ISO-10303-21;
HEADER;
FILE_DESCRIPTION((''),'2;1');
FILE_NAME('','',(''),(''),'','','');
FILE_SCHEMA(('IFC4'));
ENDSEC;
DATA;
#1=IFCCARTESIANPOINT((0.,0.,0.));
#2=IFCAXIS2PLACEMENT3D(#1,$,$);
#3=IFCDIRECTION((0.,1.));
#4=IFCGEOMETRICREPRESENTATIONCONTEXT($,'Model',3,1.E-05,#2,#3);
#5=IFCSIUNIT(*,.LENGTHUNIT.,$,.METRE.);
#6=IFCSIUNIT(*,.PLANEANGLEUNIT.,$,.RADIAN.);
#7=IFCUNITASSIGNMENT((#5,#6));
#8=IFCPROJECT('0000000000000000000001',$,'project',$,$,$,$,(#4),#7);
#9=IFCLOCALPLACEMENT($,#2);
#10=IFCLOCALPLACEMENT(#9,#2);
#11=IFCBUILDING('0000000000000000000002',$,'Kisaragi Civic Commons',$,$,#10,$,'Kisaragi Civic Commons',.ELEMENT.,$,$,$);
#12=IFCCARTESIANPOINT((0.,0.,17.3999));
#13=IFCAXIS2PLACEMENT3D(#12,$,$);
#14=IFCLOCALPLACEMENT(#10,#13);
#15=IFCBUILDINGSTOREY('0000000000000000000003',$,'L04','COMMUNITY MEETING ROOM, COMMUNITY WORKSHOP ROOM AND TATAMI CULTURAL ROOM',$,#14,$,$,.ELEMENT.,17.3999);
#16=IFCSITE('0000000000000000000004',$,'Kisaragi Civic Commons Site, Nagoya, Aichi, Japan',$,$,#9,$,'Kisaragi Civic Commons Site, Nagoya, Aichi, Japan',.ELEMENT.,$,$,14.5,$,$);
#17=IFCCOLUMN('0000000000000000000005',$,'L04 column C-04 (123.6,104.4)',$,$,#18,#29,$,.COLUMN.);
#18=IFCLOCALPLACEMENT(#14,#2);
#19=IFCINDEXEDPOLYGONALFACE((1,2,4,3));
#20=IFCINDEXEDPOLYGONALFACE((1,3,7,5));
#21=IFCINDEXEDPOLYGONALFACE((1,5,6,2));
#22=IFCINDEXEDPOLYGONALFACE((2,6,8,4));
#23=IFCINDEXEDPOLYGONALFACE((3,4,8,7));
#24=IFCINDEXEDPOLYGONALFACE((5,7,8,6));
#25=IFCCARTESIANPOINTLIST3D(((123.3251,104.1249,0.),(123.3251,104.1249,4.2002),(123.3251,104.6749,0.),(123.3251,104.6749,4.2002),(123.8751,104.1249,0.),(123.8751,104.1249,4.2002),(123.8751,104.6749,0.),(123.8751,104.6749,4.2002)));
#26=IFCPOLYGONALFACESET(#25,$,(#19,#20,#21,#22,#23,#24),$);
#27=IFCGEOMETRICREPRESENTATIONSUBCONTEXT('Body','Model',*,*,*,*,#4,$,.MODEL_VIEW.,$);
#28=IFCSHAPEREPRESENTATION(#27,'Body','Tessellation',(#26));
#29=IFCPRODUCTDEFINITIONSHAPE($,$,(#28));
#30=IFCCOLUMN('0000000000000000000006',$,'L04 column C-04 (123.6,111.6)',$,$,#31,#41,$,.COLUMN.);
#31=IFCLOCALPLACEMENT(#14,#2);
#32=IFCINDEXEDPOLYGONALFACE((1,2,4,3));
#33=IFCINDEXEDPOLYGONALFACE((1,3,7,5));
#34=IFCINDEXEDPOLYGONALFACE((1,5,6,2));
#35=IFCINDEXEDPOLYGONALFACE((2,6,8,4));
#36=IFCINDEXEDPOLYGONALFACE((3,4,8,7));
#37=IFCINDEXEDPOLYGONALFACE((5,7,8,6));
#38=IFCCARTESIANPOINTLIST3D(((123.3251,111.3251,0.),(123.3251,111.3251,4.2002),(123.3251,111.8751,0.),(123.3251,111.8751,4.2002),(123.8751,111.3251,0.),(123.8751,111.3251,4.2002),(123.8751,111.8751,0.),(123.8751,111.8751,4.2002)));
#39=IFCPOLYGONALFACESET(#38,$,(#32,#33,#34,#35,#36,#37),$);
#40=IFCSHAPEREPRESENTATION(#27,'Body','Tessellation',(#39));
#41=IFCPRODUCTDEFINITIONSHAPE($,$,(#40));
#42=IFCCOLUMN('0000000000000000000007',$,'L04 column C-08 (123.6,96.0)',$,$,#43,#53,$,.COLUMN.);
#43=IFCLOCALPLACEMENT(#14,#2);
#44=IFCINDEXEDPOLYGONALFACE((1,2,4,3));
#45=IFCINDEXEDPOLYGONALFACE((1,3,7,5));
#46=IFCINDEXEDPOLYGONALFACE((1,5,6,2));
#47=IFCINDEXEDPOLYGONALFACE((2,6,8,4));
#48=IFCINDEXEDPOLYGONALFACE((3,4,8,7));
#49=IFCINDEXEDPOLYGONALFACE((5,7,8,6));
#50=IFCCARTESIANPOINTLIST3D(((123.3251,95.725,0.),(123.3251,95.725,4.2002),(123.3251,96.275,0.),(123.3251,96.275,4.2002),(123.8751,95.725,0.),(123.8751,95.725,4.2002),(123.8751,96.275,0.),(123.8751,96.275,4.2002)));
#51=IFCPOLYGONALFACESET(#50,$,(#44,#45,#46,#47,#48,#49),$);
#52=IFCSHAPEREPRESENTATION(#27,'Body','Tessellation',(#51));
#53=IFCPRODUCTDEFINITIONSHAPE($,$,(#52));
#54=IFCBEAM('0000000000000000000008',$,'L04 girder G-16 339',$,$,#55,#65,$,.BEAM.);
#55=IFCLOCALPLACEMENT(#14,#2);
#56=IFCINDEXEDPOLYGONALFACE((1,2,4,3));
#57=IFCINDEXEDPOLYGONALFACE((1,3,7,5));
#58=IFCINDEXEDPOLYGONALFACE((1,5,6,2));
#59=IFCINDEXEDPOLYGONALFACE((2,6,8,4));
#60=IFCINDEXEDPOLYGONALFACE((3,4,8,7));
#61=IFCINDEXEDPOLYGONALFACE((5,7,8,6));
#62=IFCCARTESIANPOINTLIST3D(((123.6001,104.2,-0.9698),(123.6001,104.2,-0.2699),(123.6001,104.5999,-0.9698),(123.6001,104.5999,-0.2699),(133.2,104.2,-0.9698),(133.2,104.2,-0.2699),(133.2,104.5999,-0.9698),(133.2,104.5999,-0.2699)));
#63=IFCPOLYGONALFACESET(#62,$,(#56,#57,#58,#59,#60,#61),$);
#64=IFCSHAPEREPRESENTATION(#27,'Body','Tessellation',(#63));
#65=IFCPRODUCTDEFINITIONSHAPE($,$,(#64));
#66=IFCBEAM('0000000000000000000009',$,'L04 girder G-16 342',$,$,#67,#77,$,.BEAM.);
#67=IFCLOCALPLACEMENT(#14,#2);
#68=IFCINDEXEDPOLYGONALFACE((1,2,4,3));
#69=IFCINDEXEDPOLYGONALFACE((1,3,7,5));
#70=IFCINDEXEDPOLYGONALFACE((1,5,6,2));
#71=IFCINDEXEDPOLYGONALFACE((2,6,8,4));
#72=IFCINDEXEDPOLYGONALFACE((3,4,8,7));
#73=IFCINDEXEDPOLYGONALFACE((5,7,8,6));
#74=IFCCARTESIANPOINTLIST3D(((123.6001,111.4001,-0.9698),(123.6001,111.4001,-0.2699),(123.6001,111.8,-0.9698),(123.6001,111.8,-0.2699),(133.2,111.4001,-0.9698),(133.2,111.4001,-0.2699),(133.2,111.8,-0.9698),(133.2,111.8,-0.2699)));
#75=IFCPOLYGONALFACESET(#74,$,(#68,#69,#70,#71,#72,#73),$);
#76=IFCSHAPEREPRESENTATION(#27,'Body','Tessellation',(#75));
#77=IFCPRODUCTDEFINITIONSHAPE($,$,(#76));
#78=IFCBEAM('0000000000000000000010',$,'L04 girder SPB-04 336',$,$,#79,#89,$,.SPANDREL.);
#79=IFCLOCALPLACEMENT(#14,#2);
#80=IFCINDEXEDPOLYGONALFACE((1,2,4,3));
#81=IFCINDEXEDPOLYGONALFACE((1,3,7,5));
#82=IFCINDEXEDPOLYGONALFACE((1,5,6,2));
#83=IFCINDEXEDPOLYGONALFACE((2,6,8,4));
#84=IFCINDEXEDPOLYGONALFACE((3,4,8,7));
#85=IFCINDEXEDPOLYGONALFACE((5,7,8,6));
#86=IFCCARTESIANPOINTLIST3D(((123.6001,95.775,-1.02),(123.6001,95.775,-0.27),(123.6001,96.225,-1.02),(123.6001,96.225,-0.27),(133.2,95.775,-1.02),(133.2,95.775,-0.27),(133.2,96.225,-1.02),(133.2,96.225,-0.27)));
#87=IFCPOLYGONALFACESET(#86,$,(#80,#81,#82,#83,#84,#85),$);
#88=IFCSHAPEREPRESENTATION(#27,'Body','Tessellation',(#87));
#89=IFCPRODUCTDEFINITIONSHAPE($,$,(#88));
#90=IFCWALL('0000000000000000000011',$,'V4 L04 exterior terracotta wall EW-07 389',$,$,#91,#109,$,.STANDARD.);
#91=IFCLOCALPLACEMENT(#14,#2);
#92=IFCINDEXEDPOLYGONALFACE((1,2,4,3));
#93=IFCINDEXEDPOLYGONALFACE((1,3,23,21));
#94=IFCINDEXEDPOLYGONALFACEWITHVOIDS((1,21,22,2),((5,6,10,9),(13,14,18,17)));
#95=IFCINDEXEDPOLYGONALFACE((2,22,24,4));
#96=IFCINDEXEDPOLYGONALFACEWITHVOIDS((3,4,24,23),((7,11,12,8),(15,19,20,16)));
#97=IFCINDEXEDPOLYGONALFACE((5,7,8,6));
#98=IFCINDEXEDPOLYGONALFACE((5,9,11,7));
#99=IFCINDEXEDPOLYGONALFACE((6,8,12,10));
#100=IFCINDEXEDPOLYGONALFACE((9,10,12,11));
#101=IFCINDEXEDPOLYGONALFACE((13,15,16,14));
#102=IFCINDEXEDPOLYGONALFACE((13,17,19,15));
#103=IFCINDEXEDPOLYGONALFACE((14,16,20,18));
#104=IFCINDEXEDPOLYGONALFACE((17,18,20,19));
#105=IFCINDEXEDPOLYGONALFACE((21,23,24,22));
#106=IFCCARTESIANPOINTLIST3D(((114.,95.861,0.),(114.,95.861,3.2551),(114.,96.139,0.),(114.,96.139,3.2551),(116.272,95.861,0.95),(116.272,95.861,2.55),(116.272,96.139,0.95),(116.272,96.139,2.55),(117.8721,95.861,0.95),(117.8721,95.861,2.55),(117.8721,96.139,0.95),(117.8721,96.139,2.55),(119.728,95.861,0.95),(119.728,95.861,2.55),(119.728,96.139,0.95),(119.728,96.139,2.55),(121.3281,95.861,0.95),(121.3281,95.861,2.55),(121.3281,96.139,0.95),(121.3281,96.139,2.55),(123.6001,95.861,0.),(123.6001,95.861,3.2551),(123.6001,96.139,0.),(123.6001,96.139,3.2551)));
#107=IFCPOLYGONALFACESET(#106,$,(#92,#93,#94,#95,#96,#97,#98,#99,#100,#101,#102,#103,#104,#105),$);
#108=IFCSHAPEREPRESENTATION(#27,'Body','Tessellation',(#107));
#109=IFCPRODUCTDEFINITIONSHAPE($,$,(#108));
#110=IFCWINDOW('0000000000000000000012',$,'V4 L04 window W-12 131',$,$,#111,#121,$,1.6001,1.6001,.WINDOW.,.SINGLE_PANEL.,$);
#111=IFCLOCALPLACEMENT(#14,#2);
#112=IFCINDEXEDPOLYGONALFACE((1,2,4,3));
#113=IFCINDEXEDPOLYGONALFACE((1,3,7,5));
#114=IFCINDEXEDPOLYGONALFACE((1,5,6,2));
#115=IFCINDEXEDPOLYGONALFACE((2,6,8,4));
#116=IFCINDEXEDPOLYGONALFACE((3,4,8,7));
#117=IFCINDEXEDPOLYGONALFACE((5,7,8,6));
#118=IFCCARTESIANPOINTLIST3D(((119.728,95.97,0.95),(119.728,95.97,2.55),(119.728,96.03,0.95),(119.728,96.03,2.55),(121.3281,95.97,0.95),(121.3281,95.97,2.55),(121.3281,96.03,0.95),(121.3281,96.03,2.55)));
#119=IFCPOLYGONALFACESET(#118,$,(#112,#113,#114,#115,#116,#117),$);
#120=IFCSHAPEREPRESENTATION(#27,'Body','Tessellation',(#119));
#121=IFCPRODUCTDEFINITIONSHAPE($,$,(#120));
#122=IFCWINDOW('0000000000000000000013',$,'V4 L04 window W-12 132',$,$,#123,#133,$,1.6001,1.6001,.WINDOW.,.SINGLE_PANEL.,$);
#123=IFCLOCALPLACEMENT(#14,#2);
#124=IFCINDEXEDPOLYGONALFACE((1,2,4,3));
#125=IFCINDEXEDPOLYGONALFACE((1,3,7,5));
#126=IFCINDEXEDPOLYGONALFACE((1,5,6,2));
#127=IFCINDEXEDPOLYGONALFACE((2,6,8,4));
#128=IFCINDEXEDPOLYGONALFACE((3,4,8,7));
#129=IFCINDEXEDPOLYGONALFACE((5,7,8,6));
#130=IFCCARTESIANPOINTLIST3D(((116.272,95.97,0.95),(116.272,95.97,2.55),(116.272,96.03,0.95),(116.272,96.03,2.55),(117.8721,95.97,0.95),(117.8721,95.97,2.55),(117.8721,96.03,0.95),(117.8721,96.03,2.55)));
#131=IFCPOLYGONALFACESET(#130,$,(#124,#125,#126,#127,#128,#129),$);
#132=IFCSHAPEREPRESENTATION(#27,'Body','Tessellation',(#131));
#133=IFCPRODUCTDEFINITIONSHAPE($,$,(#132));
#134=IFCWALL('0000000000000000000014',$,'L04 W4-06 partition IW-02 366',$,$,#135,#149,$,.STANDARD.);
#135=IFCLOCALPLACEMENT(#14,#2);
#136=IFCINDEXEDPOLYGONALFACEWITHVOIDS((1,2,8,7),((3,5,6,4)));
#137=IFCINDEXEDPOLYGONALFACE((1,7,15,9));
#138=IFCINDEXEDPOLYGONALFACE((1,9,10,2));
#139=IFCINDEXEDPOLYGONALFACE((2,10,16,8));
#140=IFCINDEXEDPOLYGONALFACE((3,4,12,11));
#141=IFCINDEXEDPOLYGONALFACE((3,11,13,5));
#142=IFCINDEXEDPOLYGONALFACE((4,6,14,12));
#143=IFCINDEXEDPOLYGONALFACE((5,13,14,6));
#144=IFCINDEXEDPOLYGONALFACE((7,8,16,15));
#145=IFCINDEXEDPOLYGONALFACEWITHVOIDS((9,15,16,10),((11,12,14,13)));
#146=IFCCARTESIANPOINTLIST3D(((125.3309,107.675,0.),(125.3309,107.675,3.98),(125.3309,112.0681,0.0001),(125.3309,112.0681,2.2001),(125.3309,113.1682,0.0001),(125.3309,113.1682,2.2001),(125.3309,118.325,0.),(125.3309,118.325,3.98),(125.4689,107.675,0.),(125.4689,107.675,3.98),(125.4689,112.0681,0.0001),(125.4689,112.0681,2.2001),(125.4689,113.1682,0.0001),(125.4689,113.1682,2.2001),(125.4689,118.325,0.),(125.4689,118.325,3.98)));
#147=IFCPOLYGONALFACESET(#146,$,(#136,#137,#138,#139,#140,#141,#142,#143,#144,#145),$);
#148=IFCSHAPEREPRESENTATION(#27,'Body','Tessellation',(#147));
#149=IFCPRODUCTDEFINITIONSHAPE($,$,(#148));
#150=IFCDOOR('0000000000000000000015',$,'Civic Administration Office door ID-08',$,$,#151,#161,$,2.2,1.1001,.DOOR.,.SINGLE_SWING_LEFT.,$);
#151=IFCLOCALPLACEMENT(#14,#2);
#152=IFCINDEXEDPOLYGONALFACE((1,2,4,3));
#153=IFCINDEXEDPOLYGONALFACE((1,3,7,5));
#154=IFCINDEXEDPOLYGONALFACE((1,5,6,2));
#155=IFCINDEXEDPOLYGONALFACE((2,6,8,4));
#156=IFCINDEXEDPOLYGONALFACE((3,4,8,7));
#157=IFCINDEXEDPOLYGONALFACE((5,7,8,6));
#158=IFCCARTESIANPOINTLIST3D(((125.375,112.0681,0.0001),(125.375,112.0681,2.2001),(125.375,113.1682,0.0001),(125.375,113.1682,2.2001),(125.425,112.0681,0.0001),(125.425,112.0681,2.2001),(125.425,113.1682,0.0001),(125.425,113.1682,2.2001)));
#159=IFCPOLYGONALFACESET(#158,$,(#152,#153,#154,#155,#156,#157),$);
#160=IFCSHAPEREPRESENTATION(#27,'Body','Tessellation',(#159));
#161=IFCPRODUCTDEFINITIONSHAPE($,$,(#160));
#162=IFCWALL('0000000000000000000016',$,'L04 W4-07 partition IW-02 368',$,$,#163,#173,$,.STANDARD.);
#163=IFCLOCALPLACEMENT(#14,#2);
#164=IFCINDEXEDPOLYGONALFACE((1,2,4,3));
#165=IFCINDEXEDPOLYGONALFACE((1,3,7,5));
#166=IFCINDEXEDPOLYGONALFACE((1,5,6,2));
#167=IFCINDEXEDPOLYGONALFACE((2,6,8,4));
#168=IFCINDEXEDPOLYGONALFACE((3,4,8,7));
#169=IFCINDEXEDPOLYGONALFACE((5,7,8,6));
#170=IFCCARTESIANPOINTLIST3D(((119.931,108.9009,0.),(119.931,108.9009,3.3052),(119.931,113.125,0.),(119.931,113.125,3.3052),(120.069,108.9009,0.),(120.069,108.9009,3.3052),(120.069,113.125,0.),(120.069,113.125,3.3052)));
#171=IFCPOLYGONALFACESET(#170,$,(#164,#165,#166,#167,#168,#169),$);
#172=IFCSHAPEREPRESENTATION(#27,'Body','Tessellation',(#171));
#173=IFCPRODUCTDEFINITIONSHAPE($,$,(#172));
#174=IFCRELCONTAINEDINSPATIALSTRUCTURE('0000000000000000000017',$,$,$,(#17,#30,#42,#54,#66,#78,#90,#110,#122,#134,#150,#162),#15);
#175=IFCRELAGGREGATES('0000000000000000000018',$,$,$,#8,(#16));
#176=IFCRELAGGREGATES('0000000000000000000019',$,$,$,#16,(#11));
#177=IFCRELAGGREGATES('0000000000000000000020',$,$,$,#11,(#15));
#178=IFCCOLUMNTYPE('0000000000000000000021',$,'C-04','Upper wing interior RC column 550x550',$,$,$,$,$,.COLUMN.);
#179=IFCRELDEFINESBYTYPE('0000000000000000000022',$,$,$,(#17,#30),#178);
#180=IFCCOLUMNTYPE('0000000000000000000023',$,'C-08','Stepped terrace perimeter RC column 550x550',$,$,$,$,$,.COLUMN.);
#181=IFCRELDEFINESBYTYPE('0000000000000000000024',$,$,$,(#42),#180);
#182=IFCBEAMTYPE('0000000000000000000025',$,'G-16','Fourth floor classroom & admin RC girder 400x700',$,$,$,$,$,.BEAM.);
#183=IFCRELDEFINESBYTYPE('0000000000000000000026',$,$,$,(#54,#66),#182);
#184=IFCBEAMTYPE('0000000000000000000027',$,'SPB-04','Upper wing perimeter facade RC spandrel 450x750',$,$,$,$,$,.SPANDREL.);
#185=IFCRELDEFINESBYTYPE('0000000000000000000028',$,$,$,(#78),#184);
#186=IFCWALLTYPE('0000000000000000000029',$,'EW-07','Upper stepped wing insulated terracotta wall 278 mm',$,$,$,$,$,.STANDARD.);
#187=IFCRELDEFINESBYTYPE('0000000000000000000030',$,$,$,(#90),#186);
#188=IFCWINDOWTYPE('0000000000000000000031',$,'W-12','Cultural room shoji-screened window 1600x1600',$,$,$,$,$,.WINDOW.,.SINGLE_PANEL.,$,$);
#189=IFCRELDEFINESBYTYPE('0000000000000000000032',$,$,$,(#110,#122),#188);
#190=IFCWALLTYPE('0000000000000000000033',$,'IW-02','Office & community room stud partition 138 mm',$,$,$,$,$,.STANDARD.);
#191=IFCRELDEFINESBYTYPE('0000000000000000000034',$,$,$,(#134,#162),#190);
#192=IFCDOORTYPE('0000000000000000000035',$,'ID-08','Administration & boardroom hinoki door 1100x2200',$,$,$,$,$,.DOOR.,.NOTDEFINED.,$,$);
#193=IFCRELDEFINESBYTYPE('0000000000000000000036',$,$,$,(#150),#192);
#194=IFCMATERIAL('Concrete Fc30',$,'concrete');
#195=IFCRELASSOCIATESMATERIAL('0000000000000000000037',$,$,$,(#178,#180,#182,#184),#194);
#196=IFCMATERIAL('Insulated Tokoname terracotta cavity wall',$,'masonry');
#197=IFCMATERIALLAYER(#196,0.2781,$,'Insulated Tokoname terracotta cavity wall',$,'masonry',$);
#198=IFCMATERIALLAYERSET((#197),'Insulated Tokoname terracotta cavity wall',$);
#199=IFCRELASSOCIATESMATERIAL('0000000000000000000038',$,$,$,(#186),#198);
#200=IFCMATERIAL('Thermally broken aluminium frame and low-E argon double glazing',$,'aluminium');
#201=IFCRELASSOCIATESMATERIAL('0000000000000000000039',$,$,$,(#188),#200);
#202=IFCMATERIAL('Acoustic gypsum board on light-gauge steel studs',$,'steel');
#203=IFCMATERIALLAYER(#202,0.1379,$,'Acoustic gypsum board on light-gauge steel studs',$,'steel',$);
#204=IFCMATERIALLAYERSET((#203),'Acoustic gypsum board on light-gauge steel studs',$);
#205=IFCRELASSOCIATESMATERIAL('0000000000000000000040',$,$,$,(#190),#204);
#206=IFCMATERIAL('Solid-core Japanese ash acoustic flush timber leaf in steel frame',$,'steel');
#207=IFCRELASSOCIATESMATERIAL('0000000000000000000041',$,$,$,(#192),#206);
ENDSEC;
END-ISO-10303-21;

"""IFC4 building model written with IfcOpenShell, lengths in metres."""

from ifc_helpers import new_model, si_unit, direction, frame, frame_2d, origin, origin_2d, place, context, subcontext, project, spatial, rectangle, extrude, material, layer, layer_set, material_profile, profile_set, type_object, element, fill, save


model = new_model("IFC4")

# Units and contexts
model_context = context("Model", 3, precision=1e-05, world=origin(), true_north=direction((0.0, 1.0)))
body_context = subcontext(model_context, "Body", "Model", "MODEL_VIEW")
ifc_project = project(units=[si_unit("LENGTHUNIT", "METRE"), si_unit("PLANEANGLEUNIT", "RADIAN")], contexts=[model_context])

# Site, building, storey
site_placement = place(None, origin())
site = spatial("IfcSite", under=ifc_project, at=site_placement, Name="Kisaragi Civic Commons Site, Nagoya, Aichi, Japan", LongName="Kisaragi Civic Commons Site, Nagoya, Aichi, Japan", CompositionType="ELEMENT", RefElevation=14.5)
building_placement = place(site_placement, origin())
building = spatial("IfcBuilding", under=site, at=building_placement, Name="Kisaragi Civic Commons", LongName="Kisaragi Civic Commons", CompositionType="ELEMENT")
storey_placement = place(building_placement, frame((0.0, 0.0, 17.3999)))
storey = spatial("IfcBuildingStorey", under=building, at=storey_placement, Name="L04", Description="COMMUNITY MEETING ROOM, COMMUNITY WORKSHOP ROOM AND TATAMI CULTURAL ROOM", CompositionType="ELEMENT", Elevation=17.3999)

# Columns
ifc_material_1 = material(Name="Concrete Fc30", Category="concrete")
ifc_material_profile_1 = material_profile(ifc_material_1, rectangle(XDim=0.55, YDim=0.55, at=origin_2d()), Name="RC-550x550", Category="concrete")
ifc_profile_set_1 = profile_set([ifc_material_profile_1], Name="Concrete Fc30")
column_type_1 = type_object("IfcColumnType", Name="C-04", Description="Upper wing interior RC column 550x550", PredefinedType="COLUMN", material=ifc_profile_set_1)
for number, where, z_axis, x_axis, name in (
    (1, (123.6001, 104.3999, 0.0), (0.0, 0.0, 1.0), (1.0, 0.0, 0.0), "L04 column C-04 (123.6,104.4)"),
    (2, (123.6001, 111.6001, 0.0), (0.0, 0.0, 1.0), (1.0, 0.0, 0.0), "L04 column C-04 (123.6,111.6)"),
):
    element("IfcColumn", number, at=place(storey_placement, frame(where, z_axis=z_axis, x_axis=x_axis)), inside=storey, type_object=column_type_1, Name=name, PredefinedType="COLUMN", context=body_context, shape_type="SweptSolid", body=[
        extrude(rectangle(XDim=0.55, YDim=0.55, at=origin_2d()), origin(), (0.0, 0.0, 1.0), 4.2002),
    ])
ifc_material_profile_2 = material_profile(ifc_material_1, rectangle(XDim=0.55, YDim=0.55, at=origin_2d()), Name="RC-550x550", Category="concrete")
ifc_profile_set_2 = profile_set([ifc_material_profile_2], Name="Concrete Fc30")
column_type_2 = type_object("IfcColumnType", Name="C-08", Description="Stepped terrace perimeter RC column 550x550", PredefinedType="COLUMN", material=ifc_profile_set_2)
column_placement = place(storey_placement, frame((123.6001, 96.0, 0.0), z_axis=(0.0, 0.0, 1.0), x_axis=(1.0, 0.0, 0.0)))
element("IfcColumn", 3, at=column_placement, inside=storey, type_object=column_type_2, Name="L04 column C-08 (123.6,96.0)", PredefinedType="COLUMN", context=body_context, shape_type="SweptSolid", body=[
    extrude(rectangle(XDim=0.55, YDim=0.55, at=origin_2d()), origin(), (0.0, 0.0, 1.0), 4.2002),
])

# Beams
ifc_material_profile_3 = material_profile(ifc_material_1, rectangle(XDim=0.3999, YDim=0.7, at=origin_2d()), Name="RC-400x700", Category="concrete")
ifc_profile_set_3 = profile_set([ifc_material_profile_3], Name="Concrete Fc30")
beam_type_1 = type_object("IfcBeamType", Name="G-16", Description="Fourth floor classroom & admin RC girder 400x700", PredefinedType="BEAM", material=ifc_profile_set_3)
for number, where, z_axis, x_axis, name in (
    (4, (123.6001, 104.3999, -0.6199), (1.0, 0.0, 0.0), (0.0, 1.0, 0.0), "L04 girder G-16 339"),
    (5, (123.6001, 111.6001, -0.6199), (1.0, 0.0, 0.0), (0.0, 1.0, 0.0), "L04 girder G-16 342"),
):
    element("IfcBeam", number, at=place(storey_placement, frame(where, z_axis=z_axis, x_axis=x_axis)), inside=storey, type_object=beam_type_1, Name=name, PredefinedType="BEAM", context=body_context, shape_type="SweptSolid", body=[
        extrude(rectangle(XDim=0.3999, YDim=0.7, at=origin_2d()), origin(), (0.0, 0.0, 1.0), 9.5999),
    ])
ifc_material_profile_4 = material_profile(ifc_material_1, rectangle(XDim=0.45, YDim=0.75, at=origin_2d()), Name="RC-450x750", Category="concrete")
ifc_profile_set_4 = profile_set([ifc_material_profile_4], Name="Concrete Fc30")
beam_type_2 = type_object("IfcBeamType", Name="SPB-04", Description="Upper wing perimeter facade RC spandrel 450x750", PredefinedType="SPANDREL", material=ifc_profile_set_4)
beam_placement = place(storey_placement, frame((123.6001, 96.0, -0.645), z_axis=(1.0, 0.0, 0.0), x_axis=(0.0, 1.0, 0.0)))
element("IfcBeam", 6, at=beam_placement, inside=storey, type_object=beam_type_2, Name="L04 girder SPB-04 336", PredefinedType="SPANDREL", context=body_context, shape_type="SweptSolid", body=[
    extrude(rectangle(XDim=0.45, YDim=0.75, at=origin_2d()), origin(), (0.0, 0.0, 1.0), 9.5999),
])

# Wall, openings, windows
ifc_material_2 = material(Name="Insulated Tokoname terracotta cavity wall", Category="masonry")
ifc_layer_1 = layer(ifc_material_2, 0.2781, Name="Insulated Tokoname terracotta cavity wall", Category="masonry")
ifc_layer_set_1 = layer_set([ifc_layer_1], Name="Insulated Tokoname terracotta cavity wall")
wall_type_1 = type_object("IfcWallType", Name="EW-07", Description="Upper stepped wing insulated terracotta wall 278 mm", PredefinedType="STANDARD", material=ifc_layer_set_1)
wall_1_placement = place(storey_placement, frame((123.6001, 96.0, 0.0), z_axis=(0.0, 0.0, 1.0), x_axis=(-1.0, 0.0, 0.0)))
wall_1 = element("IfcWall", 7, at=wall_1_placement, inside=storey, type_object=wall_type_1, Name="V4 L04 exterior terracotta wall EW-07 389", PredefinedType="STANDARD", context=body_context, shape_type="SweptSolid", body=[
    extrude(rectangle(XDim=9.6001, YDim=0.2781, at=frame_2d((4.8, 0.0))), origin(), (0.0, 0.0, 1.0), 3.2551),
])
opening_1_placement = place(wall_1_placement, frame((2.272, 0.0, 0.95)))
opening_1 = element("IfcOpeningElement", 8, at=opening_1_placement, cuts=wall_1, PredefinedType="OPENING", context=body_context, shape_type="SweptSolid", body=[
    extrude(rectangle(XDim=1.6001, YDim=1.6001, at=frame_2d((0.8, 0.8))), frame((0.0, 0.1489, 0.0), z_axis=(0.0, -1.0, 0.0), x_axis=(1.0, 0.0, 0.0)), (0.0, 0.0, 1.0), 0.2981),
])
opening_2_placement = place(wall_1_placement, frame((5.728, 0.0, 0.95)))
opening_2 = element("IfcOpeningElement", 9, at=opening_2_placement, cuts=wall_1, PredefinedType="OPENING", context=body_context, shape_type="SweptSolid", body=[
    extrude(rectangle(XDim=1.6001, YDim=1.6001, at=frame_2d((0.8, 0.8))), frame((0.0, 0.1489, 0.0), z_axis=(0.0, -1.0, 0.0), x_axis=(1.0, 0.0, 0.0)), (0.0, 0.0, 1.0), 0.2981),
])
ifc_material_3 = material(Name="Thermally broken aluminium frame and low-E argon double glazing", Category="aluminium")
window_type = type_object("IfcWindowType", Name="W-12", Description="Cultural room shoji-screened window 1600x1600", PartitioningType="SINGLE_PANEL", PredefinedType="WINDOW", material=ifc_material_3)
window_1_placement = place(opening_1_placement, origin())
window_1 = element("IfcWindow", 10, at=window_1_placement, inside=storey, type_object=window_type, Name="V4 L04 window W-12 131", OverallHeight=1.6001, OverallWidth=1.6001, PartitioningType="SINGLE_PANEL", PredefinedType="WINDOW", context=body_context, shape_type="SweptSolid", body=[
    extrude(rectangle(XDim=1.6001, YDim=1.6001, at=frame_2d((0.8, 0.8))), frame((0.0, 0.03, 0.0), z_axis=(0.0, -1.0, 0.0), x_axis=(1.0, 0.0, 0.0)), (0.0, 0.0, 1.0), 0.0601),
])
fill(opening_1, window_1)
window_2_placement = place(opening_2_placement, origin())
window_2 = element("IfcWindow", 11, at=window_2_placement, inside=storey, type_object=window_type, Name="V4 L04 window W-12 132", OverallHeight=1.6001, OverallWidth=1.6001, PartitioningType="SINGLE_PANEL", PredefinedType="WINDOW", context=body_context, shape_type="SweptSolid", body=[
    extrude(rectangle(XDim=1.6001, YDim=1.6001, at=frame_2d((0.8, 0.8))), frame((0.0, 0.03, 0.0), z_axis=(0.0, -1.0, 0.0), x_axis=(1.0, 0.0, 0.0)), (0.0, 0.0, 1.0), 0.0601),
])
fill(opening_2, window_2)

# Wall, opening, door
ifc_material_4 = material(Name="Acoustic gypsum board on light-gauge steel studs", Category="steel")
ifc_layer_2 = layer(ifc_material_4, 0.1379, Name="Acoustic gypsum board on light-gauge steel studs", Category="steel")
ifc_layer_set_2 = layer_set([ifc_layer_2], Name="Acoustic gypsum board on light-gauge steel studs")
wall_type_2 = type_object("IfcWallType", Name="IW-02", Description="Office & community room stud partition 138 mm", PredefinedType="STANDARD", material=ifc_layer_set_2)
wall_2_placement = place(storey_placement, frame((125.3999, 107.675, 0.0), z_axis=(0.0, 0.0, 1.0), x_axis=(0.0, 1.0, 0.0)))
wall_2 = element("IfcWall", 12, at=wall_2_placement, inside=storey, type_object=wall_type_2, Name="L04 W4-06 partition IW-02 366", PredefinedType="STANDARD", context=body_context, shape_type="SweptSolid", body=[
    extrude(rectangle(XDim=10.6499, YDim=0.1379, at=frame_2d((5.325, 0.0))), origin(), (0.0, 0.0, 1.0), 3.98),
])
opening_3_placement = place(wall_2_placement, frame((4.3931, 0.0, 0.0)))
opening_3 = element("IfcOpeningElement", 13, at=opening_3_placement, cuts=wall_2, PredefinedType="OPENING", context=body_context, shape_type="SweptSolid", body=[
    extrude(rectangle(XDim=1.1001, YDim=2.2, at=frame_2d((0.55, 1.1001))), frame((0.0, 0.0789, 0.0), z_axis=(0.0, -1.0, 0.0), x_axis=(1.0, 0.0, 0.0)), (0.0, 0.0, 1.0), 0.158),
])
ifc_material_5 = material(Name="Solid-core Japanese ash acoustic flush timber leaf in steel frame", Category="steel")
door_type_1 = type_object("IfcDoorType", Name="ID-08", Description="Administration & boardroom hinoki door 1100x2200", OperationType="NOTDEFINED", PredefinedType="DOOR", material=ifc_material_5)
door_1_placement = place(opening_3_placement, origin())
door_1 = element("IfcDoor", 14, at=door_1_placement, inside=storey, type_object=door_type_1, Name="Civic Administration Office door ID-08", OperationType="SINGLE_SWING_LEFT", OverallHeight=2.2, OverallWidth=1.1001, PredefinedType="DOOR", context=body_context, shape_type="SweptSolid", body=[
    extrude(rectangle(XDim=1.1001, YDim=2.2, at=frame_2d((0.55, 1.1001))), frame((0.0, 0.0249, 0.0), z_axis=(0.0, -1.0, 0.0), x_axis=(1.0, 0.0, 0.0)), (0.0, 0.0, 1.0), 0.05),
])
fill(opening_3, door_1)

# Wall
wall_3_placement = place(storey_placement, frame((120.0, 113.125, 0.0), z_axis=(0.0, 0.0, 1.0), x_axis=(0.0, -1.0, 0.0)))
element("IfcWall", 15, at=wall_3_placement, inside=storey, type_object=wall_type_2, Name="L04 W4-07 partition IW-02 368", PredefinedType="STANDARD", context=body_context, shape_type="SweptSolid", body=[
    extrude(rectangle(XDim=4.2241, YDim=0.1379, at=frame_2d((2.1121, 0.0))), origin(), (0.0, 0.0, 1.0), 3.3052),
])

save(model, "model.ifc")
